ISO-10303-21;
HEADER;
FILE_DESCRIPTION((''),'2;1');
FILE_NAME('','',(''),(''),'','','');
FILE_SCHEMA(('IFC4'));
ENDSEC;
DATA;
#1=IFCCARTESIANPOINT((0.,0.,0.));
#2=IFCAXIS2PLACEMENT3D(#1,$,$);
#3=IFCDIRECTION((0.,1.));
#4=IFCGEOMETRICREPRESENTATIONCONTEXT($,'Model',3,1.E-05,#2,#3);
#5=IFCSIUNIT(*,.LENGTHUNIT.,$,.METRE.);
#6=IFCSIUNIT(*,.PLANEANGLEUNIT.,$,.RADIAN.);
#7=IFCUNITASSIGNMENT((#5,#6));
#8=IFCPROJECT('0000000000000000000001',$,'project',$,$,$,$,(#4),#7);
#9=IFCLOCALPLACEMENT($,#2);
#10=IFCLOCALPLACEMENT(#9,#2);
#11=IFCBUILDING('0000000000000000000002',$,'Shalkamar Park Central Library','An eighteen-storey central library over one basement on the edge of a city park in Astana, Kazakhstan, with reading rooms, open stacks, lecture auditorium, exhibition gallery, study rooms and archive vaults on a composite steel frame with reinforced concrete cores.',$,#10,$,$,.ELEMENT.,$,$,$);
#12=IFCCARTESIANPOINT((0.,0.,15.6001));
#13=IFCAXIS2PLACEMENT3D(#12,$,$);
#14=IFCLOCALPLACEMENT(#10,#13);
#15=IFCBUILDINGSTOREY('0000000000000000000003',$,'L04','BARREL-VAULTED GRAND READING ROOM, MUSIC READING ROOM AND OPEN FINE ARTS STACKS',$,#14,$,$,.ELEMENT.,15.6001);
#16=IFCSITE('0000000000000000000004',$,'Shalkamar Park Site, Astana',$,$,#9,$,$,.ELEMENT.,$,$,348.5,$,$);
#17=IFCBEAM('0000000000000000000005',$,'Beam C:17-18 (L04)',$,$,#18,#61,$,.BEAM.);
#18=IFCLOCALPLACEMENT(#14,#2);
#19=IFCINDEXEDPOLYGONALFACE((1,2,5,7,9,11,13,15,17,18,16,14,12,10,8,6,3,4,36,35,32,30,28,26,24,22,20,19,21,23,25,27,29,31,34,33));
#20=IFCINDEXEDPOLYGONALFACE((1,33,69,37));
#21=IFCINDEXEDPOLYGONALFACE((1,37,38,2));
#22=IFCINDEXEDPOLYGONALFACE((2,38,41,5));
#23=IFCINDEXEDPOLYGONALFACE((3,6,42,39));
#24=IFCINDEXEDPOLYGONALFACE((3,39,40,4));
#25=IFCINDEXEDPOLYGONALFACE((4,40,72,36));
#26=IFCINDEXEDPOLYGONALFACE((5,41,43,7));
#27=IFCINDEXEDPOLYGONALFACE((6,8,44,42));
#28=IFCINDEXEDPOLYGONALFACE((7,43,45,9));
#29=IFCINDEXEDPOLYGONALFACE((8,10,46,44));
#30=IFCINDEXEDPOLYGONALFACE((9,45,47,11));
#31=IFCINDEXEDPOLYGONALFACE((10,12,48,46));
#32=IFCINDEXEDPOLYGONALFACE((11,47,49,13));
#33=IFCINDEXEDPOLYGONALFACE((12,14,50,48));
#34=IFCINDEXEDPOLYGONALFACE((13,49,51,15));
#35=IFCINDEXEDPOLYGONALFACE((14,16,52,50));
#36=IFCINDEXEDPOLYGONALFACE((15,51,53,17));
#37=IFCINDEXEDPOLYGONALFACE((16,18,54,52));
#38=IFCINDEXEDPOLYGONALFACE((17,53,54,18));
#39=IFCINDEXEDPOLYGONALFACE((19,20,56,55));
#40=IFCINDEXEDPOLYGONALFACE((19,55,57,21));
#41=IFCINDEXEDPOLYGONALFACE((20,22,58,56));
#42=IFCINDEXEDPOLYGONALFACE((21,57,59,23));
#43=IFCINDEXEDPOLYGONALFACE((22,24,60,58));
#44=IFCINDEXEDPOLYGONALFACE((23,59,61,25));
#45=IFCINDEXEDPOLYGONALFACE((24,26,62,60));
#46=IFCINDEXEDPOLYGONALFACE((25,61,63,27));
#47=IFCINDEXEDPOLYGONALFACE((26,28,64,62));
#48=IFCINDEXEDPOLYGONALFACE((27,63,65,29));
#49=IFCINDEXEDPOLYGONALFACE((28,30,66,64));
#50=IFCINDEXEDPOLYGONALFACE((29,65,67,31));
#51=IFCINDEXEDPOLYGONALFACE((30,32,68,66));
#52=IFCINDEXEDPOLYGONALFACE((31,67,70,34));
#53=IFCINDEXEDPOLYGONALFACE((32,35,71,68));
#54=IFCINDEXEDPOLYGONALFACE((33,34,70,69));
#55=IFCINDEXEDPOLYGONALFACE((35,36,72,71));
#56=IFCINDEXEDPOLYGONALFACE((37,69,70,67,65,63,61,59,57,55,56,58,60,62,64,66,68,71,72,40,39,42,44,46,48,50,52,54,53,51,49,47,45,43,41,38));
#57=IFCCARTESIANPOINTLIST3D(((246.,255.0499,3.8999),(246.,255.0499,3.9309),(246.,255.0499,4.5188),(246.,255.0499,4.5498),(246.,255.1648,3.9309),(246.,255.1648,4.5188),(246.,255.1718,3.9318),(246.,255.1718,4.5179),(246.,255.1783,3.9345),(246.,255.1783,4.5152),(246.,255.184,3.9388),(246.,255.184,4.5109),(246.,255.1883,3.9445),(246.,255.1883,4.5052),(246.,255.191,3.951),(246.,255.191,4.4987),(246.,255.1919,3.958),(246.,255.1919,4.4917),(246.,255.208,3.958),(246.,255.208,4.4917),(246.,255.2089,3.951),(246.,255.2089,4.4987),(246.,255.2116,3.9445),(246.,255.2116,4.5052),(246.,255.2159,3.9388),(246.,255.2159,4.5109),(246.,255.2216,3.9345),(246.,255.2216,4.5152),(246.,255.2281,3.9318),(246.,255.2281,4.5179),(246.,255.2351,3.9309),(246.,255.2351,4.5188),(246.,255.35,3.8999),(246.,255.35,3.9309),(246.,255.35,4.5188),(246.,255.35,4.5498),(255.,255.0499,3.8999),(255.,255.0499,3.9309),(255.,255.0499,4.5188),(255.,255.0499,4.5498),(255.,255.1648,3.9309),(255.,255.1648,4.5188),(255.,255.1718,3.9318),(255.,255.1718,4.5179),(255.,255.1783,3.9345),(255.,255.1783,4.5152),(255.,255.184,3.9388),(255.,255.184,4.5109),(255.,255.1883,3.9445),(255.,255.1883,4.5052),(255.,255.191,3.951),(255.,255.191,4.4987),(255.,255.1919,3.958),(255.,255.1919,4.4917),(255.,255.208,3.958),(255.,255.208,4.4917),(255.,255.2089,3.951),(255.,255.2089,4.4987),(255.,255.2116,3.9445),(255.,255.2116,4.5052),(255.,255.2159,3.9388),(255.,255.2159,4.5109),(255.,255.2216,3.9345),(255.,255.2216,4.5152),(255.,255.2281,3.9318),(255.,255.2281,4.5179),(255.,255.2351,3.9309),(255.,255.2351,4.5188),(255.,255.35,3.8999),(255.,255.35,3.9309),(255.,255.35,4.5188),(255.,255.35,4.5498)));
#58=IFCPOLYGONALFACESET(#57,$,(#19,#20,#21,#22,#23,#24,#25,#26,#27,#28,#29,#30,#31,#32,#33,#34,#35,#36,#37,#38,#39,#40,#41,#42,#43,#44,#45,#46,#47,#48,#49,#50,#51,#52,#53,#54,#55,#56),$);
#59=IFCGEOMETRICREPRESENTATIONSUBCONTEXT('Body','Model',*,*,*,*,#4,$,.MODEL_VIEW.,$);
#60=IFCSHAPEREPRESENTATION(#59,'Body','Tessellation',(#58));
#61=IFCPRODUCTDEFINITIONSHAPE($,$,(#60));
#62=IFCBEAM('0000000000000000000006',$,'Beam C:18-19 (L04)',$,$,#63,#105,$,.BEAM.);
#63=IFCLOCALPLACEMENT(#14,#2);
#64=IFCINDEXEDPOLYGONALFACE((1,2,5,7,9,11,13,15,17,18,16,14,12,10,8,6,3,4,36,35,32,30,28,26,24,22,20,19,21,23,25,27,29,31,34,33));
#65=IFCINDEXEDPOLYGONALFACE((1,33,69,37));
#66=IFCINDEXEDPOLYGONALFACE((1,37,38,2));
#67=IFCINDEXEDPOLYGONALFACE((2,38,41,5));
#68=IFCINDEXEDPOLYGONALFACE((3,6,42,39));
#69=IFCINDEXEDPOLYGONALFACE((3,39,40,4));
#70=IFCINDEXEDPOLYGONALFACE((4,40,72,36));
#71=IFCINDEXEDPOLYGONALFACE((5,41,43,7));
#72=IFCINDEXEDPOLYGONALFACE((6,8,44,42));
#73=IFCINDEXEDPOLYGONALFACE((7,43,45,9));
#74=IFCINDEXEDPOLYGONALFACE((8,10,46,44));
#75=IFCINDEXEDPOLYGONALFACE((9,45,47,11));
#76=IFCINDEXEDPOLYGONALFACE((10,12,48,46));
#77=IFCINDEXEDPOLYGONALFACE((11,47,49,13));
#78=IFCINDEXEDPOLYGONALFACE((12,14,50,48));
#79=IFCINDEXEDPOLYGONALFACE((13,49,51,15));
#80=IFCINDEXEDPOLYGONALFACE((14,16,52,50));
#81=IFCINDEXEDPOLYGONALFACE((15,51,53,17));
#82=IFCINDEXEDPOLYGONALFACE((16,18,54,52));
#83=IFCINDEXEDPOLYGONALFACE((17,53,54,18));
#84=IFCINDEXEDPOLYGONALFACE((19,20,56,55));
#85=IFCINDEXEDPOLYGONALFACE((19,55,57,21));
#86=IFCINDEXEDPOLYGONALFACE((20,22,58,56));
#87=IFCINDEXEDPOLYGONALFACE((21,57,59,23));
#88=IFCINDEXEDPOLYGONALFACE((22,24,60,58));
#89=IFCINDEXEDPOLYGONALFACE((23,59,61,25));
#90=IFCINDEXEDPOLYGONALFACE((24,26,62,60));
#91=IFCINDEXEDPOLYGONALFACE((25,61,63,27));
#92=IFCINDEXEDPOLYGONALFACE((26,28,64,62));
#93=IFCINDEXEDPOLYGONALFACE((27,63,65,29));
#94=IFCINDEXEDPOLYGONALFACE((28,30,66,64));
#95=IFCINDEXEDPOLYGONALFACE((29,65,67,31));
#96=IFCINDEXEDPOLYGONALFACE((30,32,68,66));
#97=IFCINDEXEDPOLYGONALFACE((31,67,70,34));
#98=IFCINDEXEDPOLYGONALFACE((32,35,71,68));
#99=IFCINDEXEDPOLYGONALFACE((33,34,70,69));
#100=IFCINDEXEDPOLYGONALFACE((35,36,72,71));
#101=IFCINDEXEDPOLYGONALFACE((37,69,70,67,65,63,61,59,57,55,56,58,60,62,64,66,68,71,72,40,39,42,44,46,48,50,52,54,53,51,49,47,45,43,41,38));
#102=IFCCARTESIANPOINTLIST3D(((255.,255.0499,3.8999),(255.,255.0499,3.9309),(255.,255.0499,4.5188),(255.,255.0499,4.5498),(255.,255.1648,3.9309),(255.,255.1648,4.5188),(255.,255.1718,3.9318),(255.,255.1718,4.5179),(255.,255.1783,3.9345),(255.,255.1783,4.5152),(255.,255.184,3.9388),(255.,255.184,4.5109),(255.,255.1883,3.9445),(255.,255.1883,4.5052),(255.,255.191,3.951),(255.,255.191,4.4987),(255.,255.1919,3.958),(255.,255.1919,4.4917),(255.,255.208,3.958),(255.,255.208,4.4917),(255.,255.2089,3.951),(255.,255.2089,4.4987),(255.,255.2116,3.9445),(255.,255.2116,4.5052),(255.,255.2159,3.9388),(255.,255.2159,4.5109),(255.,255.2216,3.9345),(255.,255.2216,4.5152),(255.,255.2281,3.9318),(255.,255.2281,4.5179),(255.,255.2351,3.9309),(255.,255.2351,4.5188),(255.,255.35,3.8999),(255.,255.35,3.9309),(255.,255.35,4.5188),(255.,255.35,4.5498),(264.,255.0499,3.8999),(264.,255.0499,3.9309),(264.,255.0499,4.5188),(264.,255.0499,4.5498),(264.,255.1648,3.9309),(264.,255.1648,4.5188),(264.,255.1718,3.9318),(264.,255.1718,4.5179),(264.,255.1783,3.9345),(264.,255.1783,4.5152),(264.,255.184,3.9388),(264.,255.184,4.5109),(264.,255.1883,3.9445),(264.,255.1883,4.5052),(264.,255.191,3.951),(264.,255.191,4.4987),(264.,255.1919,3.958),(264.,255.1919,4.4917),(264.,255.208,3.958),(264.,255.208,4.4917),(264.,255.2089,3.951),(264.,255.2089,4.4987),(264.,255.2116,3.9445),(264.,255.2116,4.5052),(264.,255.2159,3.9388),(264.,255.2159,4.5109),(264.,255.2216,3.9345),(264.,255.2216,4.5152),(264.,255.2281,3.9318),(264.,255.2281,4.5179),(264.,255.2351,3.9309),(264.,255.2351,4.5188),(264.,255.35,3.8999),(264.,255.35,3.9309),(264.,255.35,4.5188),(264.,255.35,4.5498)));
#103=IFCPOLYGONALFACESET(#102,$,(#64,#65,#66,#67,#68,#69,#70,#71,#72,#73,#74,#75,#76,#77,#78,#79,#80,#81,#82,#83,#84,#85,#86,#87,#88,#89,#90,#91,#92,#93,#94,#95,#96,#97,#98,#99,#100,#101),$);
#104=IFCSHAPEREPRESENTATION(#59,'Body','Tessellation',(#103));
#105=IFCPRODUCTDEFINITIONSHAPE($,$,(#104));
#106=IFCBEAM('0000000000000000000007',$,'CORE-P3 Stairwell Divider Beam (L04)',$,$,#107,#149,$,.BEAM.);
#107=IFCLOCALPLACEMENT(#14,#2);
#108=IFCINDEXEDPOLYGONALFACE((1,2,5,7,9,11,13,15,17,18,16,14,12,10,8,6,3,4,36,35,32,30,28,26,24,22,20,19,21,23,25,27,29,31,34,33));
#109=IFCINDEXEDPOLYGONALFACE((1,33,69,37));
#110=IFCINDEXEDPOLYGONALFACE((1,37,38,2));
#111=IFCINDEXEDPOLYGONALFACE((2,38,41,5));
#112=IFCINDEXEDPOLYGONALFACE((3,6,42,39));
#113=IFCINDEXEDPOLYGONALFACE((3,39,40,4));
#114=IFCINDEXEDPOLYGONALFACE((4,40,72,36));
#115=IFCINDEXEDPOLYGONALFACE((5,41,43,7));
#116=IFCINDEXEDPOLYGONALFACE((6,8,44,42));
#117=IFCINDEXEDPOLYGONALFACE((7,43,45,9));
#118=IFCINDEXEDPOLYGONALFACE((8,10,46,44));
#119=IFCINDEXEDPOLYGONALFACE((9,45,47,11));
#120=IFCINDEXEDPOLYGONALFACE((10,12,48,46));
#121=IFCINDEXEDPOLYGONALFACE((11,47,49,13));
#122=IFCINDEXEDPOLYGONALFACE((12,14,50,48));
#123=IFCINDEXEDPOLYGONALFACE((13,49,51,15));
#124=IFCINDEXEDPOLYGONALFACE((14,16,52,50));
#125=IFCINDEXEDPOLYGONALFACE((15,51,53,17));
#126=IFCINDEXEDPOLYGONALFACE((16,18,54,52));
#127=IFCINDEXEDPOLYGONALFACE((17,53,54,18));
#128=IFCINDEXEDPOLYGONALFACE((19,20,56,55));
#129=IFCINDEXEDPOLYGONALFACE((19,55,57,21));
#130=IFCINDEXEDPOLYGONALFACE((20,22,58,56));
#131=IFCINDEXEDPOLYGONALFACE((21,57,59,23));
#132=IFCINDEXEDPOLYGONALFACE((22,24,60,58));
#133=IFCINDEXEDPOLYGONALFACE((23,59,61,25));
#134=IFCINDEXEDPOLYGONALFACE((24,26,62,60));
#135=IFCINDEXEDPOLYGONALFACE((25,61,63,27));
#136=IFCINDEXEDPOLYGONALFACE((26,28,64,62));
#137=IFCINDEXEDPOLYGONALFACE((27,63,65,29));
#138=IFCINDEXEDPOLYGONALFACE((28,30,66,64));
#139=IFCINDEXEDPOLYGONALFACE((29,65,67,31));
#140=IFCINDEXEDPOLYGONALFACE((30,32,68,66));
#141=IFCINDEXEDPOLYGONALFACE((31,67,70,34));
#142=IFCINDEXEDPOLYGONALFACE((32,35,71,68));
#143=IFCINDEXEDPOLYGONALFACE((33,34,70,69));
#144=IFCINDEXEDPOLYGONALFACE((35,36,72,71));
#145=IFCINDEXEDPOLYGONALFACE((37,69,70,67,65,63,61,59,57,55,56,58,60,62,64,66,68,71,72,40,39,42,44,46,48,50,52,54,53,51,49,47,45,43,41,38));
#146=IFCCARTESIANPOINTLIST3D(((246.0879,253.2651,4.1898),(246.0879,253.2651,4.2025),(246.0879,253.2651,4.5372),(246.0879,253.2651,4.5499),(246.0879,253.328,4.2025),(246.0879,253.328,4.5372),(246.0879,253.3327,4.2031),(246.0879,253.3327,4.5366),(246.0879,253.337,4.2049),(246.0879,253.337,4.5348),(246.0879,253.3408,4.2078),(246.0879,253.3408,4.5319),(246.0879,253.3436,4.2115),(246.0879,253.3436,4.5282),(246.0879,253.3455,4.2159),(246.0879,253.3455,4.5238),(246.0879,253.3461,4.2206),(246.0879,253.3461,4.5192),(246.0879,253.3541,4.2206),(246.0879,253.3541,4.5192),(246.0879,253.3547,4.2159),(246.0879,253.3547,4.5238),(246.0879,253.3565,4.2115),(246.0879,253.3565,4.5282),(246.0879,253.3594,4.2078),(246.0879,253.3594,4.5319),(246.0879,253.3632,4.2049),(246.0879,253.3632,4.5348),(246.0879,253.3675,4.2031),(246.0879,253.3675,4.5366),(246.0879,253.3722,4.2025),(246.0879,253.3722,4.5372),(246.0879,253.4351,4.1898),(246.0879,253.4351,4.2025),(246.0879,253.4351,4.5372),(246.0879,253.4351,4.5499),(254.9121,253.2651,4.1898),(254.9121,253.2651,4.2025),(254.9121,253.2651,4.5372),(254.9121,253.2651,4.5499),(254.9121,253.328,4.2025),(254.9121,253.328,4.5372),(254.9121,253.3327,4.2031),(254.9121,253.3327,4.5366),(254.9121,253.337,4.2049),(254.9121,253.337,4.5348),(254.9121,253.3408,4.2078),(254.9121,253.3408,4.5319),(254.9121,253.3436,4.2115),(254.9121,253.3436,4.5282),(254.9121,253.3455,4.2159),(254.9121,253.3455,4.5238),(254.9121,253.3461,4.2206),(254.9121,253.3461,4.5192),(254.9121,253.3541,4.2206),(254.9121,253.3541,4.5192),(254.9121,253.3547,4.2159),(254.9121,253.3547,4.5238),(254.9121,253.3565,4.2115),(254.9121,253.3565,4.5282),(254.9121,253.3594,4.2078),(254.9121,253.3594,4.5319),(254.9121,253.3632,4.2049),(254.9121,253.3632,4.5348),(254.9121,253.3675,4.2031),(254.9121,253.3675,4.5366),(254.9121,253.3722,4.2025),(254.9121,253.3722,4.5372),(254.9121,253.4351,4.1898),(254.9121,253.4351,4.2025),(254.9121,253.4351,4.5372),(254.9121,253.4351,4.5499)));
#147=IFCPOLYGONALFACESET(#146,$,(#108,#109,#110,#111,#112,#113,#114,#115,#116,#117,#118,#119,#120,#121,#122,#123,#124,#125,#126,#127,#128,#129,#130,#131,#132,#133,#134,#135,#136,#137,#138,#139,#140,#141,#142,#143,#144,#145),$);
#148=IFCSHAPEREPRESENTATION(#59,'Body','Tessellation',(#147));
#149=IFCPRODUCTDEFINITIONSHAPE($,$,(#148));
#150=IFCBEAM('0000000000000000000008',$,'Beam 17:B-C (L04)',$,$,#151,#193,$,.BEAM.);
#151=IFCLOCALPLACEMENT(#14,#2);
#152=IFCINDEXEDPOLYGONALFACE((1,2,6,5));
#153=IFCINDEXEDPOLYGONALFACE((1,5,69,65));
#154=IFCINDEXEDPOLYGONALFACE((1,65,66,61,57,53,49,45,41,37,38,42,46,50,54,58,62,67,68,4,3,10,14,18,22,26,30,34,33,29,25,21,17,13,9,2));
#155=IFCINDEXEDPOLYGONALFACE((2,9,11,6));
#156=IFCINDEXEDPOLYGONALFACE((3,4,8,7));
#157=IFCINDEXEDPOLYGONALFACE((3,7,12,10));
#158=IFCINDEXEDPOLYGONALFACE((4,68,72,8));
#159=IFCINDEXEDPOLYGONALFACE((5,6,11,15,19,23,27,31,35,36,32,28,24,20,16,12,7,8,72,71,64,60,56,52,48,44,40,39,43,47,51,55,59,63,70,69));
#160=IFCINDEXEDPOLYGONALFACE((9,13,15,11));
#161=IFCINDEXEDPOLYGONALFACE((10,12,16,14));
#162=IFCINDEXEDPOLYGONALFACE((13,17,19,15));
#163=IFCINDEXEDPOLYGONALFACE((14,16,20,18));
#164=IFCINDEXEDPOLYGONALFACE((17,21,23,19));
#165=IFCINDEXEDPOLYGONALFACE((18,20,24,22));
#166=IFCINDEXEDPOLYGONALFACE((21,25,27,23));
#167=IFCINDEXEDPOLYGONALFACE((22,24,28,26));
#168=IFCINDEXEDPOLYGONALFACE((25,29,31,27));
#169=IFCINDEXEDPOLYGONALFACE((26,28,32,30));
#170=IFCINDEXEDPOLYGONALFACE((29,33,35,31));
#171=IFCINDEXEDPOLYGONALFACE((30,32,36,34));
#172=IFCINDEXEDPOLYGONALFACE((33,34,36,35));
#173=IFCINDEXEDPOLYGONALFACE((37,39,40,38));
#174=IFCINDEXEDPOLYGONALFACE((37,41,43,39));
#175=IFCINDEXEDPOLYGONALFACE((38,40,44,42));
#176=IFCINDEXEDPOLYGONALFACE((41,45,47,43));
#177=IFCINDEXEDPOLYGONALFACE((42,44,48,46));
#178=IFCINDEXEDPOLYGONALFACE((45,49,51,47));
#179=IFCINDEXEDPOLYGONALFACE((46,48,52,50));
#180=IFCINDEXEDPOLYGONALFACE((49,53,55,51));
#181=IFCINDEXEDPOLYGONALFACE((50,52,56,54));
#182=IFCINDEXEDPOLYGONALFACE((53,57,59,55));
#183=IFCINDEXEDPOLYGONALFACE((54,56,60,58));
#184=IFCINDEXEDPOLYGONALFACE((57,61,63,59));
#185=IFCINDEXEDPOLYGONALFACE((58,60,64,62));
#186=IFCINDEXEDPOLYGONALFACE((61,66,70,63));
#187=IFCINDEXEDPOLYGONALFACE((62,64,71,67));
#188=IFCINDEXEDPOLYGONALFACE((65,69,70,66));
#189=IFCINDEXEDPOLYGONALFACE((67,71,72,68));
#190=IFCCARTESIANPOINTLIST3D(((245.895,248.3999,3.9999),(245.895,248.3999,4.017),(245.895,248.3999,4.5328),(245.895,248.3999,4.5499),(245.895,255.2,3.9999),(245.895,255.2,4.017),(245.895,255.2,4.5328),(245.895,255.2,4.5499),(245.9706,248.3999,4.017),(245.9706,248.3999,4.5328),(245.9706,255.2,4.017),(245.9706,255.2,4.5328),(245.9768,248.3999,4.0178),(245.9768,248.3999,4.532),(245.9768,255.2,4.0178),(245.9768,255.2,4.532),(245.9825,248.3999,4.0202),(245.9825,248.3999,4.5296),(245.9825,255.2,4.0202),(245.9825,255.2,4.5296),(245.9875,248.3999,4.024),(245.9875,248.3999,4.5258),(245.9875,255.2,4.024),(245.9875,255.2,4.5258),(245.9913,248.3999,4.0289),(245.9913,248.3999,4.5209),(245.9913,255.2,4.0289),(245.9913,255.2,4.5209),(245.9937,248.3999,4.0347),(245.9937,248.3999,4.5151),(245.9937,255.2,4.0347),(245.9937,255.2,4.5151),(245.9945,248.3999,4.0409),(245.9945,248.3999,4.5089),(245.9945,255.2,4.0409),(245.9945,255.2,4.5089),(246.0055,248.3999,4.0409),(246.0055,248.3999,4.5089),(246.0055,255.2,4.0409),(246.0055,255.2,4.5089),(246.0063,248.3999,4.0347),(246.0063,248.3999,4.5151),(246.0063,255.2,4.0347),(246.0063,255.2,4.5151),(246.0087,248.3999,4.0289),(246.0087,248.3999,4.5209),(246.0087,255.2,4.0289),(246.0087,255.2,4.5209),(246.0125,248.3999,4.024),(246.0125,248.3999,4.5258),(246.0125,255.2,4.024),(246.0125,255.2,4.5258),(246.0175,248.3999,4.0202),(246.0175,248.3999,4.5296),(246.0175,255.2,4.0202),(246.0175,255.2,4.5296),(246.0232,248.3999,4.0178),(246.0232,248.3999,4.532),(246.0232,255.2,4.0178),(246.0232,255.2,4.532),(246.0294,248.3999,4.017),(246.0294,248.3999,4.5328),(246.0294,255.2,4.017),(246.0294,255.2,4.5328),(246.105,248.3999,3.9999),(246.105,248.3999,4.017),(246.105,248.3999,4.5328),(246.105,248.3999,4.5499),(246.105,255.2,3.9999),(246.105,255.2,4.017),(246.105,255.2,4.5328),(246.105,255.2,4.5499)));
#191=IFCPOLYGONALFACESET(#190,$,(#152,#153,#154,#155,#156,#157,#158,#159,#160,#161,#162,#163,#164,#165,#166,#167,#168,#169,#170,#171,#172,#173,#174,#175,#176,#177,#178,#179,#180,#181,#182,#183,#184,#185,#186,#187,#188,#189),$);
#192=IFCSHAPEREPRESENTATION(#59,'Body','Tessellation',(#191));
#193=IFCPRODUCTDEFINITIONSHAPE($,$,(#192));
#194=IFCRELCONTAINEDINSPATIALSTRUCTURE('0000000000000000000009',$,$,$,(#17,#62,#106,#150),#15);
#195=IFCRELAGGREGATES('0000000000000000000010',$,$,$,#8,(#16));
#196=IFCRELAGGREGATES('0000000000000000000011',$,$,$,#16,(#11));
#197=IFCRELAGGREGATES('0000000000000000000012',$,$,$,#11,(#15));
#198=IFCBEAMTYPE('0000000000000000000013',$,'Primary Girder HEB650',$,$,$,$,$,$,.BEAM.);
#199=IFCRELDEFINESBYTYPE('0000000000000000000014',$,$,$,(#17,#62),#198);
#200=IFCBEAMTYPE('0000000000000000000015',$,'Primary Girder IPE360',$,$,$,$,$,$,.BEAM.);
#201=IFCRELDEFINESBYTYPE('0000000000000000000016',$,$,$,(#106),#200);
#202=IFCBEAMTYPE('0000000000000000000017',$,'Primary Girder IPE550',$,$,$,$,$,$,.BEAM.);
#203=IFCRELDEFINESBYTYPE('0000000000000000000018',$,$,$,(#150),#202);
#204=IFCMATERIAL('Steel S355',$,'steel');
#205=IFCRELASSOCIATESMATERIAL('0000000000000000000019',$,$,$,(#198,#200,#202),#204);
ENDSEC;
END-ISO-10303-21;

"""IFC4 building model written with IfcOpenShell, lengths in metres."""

from ifc_helpers import new_model, si_unit, direction, frame, origin, origin_2d, place, context, subcontext, project, spatial, i_section, extrude, material, material_profile, profile_set, type_object, element, save


model = new_model("IFC4")

# Units and contexts
model_context = context("Model", 3, precision=1e-05, world=origin(), true_north=direction((0.0, 1.0)))
body_context = subcontext(model_context, "Body", "Model", "MODEL_VIEW")
ifc_project = project(units=[si_unit("LENGTHUNIT", "METRE"), si_unit("PLANEANGLEUNIT", "RADIAN")], contexts=[model_context])

# Site, building, storey
site_placement = place(None, origin())
site = spatial("IfcSite", under=ifc_project, at=site_placement, Name="Shalkamar Park Site, Astana", CompositionType="ELEMENT", RefElevation=348.5)
building_placement = place(site_placement, origin())
building = spatial("IfcBuilding", under=site, at=building_placement, Name="Shalkamar Park Central Library", Description="An eighteen-storey central library over one basement on the edge of a city park in Astana, Kazakhstan, with reading rooms, open stacks, lecture auditorium, exhibition gallery, study rooms and archive vaults on a composite steel frame with reinforced concrete cores.", CompositionType="ELEMENT")
storey_placement = place(building_placement, frame((0.0, 0.0, 15.6001)))
storey = spatial("IfcBuildingStorey", under=building, at=storey_placement, Name="L04", Description="BARREL-VAULTED GRAND READING ROOM, MUSIC READING ROOM AND OPEN FINE ARTS STACKS", CompositionType="ELEMENT", Elevation=15.6001)

# Shared definitions
ifc_material_1 = material(Name="Steel S355", Category="steel")

# Beams
ifc_material_profile_1 = material_profile(ifc_material_1, i_section(OverallWidth=0.3, OverallDepth=0.6499, WebThickness=0.0161, FlangeThickness=0.031, FilletRadius=0.0271, at=origin_2d()), Name="HEB 650")
ifc_profile_set_1 = profile_set([ifc_material_profile_1], Name="Steel S355")
beam_type_1 = type_object("IfcBeamType", Name="Primary Girder HEB650", PredefinedType="BEAM", material=ifc_profile_set_1)
for number, where, z_axis, x_axis, name in (
    (1, (246.0, 255.2, 4.2249), (1.0, 0.0, 0.0), (0.0, 1.0, 0.0), "Beam C:17-18 (L04)"),
    (2, (255.0, 255.2, 4.2249), (1.0, 0.0, 0.0), (0.0, 1.0, 0.0), "Beam C:18-19 (L04)"),
):
    element("IfcBeam", number, at=place(storey_placement, frame(where, z_axis=z_axis, x_axis=x_axis)), inside=storey, type_object=beam_type_1, Name=name, PredefinedType="BEAM", context=body_context, shape_type="SweptSolid", body=[
        extrude(i_section(OverallWidth=0.3, OverallDepth=0.6499, WebThickness=0.0161, FlangeThickness=0.031, FilletRadius=0.0271, at=origin_2d()), origin(), (0.0, 0.0, 1.0), 9.0),
    ])
ifc_material_profile_2 = material_profile(ifc_material_1, i_section(OverallWidth=0.1699, OverallDepth=0.3601, WebThickness=0.0081, FlangeThickness=0.0127, FilletRadius=0.0181, at=origin_2d()), Name="IPE 360")
ifc_profile_set_2 = profile_set([ifc_material_profile_2], Name="Steel S355")
beam_type_2 = type_object("IfcBeamType", Name="Primary Girder IPE360", PredefinedType="BEAM", material=ifc_profile_set_2)
beam_1_placement = place(storey_placement, frame((246.0879, 253.3501, 4.3699), z_axis=(1.0, 0.0, 0.0), x_axis=(0.0, 1.0, 0.0)))
element("IfcBeam", 3, at=beam_1_placement, inside=storey, type_object=beam_type_2, Name="CORE-P3 Stairwell Divider Beam (L04)", PredefinedType="BEAM", context=body_context, shape_type="SweptSolid", body=[
    extrude(i_section(OverallWidth=0.1699, OverallDepth=0.3601, WebThickness=0.0081, FlangeThickness=0.0127, FilletRadius=0.0181, at=origin_2d()), origin(), (0.0, 0.0, 1.0), 8.8242),
])
ifc_material_profile_3 = material_profile(ifc_material_1, i_section(OverallWidth=0.21, OverallDepth=0.55, WebThickness=0.011, FlangeThickness=0.0171, FilletRadius=0.0239, at=origin_2d()), Name="IPE 550")
ifc_profile_set_3 = profile_set([ifc_material_profile_3], Name="Steel S355")
beam_type_3 = type_object("IfcBeamType", Name="Primary Girder IPE550", PredefinedType="BEAM", material=ifc_profile_set_3)
beam_2_placement = place(storey_placement, frame((246.0, 248.3999, 4.2749), z_axis=(0.0, 1.0, 0.0), x_axis=(-1.0, 0.0, 0.0)))
element("IfcBeam", 4, at=beam_2_placement, inside=storey, type_object=beam_type_3, Name="Beam 17:B-C (L04)", PredefinedType="BEAM", context=body_context, shape_type="SweptSolid", body=[
    extrude(i_section(OverallWidth=0.21, OverallDepth=0.55, WebThickness=0.011, FlangeThickness=0.0171, FilletRadius=0.0239, at=origin_2d()), origin(), (0.0, 0.0, 1.0), 6.8),
])

save(model, "model.ifc")
